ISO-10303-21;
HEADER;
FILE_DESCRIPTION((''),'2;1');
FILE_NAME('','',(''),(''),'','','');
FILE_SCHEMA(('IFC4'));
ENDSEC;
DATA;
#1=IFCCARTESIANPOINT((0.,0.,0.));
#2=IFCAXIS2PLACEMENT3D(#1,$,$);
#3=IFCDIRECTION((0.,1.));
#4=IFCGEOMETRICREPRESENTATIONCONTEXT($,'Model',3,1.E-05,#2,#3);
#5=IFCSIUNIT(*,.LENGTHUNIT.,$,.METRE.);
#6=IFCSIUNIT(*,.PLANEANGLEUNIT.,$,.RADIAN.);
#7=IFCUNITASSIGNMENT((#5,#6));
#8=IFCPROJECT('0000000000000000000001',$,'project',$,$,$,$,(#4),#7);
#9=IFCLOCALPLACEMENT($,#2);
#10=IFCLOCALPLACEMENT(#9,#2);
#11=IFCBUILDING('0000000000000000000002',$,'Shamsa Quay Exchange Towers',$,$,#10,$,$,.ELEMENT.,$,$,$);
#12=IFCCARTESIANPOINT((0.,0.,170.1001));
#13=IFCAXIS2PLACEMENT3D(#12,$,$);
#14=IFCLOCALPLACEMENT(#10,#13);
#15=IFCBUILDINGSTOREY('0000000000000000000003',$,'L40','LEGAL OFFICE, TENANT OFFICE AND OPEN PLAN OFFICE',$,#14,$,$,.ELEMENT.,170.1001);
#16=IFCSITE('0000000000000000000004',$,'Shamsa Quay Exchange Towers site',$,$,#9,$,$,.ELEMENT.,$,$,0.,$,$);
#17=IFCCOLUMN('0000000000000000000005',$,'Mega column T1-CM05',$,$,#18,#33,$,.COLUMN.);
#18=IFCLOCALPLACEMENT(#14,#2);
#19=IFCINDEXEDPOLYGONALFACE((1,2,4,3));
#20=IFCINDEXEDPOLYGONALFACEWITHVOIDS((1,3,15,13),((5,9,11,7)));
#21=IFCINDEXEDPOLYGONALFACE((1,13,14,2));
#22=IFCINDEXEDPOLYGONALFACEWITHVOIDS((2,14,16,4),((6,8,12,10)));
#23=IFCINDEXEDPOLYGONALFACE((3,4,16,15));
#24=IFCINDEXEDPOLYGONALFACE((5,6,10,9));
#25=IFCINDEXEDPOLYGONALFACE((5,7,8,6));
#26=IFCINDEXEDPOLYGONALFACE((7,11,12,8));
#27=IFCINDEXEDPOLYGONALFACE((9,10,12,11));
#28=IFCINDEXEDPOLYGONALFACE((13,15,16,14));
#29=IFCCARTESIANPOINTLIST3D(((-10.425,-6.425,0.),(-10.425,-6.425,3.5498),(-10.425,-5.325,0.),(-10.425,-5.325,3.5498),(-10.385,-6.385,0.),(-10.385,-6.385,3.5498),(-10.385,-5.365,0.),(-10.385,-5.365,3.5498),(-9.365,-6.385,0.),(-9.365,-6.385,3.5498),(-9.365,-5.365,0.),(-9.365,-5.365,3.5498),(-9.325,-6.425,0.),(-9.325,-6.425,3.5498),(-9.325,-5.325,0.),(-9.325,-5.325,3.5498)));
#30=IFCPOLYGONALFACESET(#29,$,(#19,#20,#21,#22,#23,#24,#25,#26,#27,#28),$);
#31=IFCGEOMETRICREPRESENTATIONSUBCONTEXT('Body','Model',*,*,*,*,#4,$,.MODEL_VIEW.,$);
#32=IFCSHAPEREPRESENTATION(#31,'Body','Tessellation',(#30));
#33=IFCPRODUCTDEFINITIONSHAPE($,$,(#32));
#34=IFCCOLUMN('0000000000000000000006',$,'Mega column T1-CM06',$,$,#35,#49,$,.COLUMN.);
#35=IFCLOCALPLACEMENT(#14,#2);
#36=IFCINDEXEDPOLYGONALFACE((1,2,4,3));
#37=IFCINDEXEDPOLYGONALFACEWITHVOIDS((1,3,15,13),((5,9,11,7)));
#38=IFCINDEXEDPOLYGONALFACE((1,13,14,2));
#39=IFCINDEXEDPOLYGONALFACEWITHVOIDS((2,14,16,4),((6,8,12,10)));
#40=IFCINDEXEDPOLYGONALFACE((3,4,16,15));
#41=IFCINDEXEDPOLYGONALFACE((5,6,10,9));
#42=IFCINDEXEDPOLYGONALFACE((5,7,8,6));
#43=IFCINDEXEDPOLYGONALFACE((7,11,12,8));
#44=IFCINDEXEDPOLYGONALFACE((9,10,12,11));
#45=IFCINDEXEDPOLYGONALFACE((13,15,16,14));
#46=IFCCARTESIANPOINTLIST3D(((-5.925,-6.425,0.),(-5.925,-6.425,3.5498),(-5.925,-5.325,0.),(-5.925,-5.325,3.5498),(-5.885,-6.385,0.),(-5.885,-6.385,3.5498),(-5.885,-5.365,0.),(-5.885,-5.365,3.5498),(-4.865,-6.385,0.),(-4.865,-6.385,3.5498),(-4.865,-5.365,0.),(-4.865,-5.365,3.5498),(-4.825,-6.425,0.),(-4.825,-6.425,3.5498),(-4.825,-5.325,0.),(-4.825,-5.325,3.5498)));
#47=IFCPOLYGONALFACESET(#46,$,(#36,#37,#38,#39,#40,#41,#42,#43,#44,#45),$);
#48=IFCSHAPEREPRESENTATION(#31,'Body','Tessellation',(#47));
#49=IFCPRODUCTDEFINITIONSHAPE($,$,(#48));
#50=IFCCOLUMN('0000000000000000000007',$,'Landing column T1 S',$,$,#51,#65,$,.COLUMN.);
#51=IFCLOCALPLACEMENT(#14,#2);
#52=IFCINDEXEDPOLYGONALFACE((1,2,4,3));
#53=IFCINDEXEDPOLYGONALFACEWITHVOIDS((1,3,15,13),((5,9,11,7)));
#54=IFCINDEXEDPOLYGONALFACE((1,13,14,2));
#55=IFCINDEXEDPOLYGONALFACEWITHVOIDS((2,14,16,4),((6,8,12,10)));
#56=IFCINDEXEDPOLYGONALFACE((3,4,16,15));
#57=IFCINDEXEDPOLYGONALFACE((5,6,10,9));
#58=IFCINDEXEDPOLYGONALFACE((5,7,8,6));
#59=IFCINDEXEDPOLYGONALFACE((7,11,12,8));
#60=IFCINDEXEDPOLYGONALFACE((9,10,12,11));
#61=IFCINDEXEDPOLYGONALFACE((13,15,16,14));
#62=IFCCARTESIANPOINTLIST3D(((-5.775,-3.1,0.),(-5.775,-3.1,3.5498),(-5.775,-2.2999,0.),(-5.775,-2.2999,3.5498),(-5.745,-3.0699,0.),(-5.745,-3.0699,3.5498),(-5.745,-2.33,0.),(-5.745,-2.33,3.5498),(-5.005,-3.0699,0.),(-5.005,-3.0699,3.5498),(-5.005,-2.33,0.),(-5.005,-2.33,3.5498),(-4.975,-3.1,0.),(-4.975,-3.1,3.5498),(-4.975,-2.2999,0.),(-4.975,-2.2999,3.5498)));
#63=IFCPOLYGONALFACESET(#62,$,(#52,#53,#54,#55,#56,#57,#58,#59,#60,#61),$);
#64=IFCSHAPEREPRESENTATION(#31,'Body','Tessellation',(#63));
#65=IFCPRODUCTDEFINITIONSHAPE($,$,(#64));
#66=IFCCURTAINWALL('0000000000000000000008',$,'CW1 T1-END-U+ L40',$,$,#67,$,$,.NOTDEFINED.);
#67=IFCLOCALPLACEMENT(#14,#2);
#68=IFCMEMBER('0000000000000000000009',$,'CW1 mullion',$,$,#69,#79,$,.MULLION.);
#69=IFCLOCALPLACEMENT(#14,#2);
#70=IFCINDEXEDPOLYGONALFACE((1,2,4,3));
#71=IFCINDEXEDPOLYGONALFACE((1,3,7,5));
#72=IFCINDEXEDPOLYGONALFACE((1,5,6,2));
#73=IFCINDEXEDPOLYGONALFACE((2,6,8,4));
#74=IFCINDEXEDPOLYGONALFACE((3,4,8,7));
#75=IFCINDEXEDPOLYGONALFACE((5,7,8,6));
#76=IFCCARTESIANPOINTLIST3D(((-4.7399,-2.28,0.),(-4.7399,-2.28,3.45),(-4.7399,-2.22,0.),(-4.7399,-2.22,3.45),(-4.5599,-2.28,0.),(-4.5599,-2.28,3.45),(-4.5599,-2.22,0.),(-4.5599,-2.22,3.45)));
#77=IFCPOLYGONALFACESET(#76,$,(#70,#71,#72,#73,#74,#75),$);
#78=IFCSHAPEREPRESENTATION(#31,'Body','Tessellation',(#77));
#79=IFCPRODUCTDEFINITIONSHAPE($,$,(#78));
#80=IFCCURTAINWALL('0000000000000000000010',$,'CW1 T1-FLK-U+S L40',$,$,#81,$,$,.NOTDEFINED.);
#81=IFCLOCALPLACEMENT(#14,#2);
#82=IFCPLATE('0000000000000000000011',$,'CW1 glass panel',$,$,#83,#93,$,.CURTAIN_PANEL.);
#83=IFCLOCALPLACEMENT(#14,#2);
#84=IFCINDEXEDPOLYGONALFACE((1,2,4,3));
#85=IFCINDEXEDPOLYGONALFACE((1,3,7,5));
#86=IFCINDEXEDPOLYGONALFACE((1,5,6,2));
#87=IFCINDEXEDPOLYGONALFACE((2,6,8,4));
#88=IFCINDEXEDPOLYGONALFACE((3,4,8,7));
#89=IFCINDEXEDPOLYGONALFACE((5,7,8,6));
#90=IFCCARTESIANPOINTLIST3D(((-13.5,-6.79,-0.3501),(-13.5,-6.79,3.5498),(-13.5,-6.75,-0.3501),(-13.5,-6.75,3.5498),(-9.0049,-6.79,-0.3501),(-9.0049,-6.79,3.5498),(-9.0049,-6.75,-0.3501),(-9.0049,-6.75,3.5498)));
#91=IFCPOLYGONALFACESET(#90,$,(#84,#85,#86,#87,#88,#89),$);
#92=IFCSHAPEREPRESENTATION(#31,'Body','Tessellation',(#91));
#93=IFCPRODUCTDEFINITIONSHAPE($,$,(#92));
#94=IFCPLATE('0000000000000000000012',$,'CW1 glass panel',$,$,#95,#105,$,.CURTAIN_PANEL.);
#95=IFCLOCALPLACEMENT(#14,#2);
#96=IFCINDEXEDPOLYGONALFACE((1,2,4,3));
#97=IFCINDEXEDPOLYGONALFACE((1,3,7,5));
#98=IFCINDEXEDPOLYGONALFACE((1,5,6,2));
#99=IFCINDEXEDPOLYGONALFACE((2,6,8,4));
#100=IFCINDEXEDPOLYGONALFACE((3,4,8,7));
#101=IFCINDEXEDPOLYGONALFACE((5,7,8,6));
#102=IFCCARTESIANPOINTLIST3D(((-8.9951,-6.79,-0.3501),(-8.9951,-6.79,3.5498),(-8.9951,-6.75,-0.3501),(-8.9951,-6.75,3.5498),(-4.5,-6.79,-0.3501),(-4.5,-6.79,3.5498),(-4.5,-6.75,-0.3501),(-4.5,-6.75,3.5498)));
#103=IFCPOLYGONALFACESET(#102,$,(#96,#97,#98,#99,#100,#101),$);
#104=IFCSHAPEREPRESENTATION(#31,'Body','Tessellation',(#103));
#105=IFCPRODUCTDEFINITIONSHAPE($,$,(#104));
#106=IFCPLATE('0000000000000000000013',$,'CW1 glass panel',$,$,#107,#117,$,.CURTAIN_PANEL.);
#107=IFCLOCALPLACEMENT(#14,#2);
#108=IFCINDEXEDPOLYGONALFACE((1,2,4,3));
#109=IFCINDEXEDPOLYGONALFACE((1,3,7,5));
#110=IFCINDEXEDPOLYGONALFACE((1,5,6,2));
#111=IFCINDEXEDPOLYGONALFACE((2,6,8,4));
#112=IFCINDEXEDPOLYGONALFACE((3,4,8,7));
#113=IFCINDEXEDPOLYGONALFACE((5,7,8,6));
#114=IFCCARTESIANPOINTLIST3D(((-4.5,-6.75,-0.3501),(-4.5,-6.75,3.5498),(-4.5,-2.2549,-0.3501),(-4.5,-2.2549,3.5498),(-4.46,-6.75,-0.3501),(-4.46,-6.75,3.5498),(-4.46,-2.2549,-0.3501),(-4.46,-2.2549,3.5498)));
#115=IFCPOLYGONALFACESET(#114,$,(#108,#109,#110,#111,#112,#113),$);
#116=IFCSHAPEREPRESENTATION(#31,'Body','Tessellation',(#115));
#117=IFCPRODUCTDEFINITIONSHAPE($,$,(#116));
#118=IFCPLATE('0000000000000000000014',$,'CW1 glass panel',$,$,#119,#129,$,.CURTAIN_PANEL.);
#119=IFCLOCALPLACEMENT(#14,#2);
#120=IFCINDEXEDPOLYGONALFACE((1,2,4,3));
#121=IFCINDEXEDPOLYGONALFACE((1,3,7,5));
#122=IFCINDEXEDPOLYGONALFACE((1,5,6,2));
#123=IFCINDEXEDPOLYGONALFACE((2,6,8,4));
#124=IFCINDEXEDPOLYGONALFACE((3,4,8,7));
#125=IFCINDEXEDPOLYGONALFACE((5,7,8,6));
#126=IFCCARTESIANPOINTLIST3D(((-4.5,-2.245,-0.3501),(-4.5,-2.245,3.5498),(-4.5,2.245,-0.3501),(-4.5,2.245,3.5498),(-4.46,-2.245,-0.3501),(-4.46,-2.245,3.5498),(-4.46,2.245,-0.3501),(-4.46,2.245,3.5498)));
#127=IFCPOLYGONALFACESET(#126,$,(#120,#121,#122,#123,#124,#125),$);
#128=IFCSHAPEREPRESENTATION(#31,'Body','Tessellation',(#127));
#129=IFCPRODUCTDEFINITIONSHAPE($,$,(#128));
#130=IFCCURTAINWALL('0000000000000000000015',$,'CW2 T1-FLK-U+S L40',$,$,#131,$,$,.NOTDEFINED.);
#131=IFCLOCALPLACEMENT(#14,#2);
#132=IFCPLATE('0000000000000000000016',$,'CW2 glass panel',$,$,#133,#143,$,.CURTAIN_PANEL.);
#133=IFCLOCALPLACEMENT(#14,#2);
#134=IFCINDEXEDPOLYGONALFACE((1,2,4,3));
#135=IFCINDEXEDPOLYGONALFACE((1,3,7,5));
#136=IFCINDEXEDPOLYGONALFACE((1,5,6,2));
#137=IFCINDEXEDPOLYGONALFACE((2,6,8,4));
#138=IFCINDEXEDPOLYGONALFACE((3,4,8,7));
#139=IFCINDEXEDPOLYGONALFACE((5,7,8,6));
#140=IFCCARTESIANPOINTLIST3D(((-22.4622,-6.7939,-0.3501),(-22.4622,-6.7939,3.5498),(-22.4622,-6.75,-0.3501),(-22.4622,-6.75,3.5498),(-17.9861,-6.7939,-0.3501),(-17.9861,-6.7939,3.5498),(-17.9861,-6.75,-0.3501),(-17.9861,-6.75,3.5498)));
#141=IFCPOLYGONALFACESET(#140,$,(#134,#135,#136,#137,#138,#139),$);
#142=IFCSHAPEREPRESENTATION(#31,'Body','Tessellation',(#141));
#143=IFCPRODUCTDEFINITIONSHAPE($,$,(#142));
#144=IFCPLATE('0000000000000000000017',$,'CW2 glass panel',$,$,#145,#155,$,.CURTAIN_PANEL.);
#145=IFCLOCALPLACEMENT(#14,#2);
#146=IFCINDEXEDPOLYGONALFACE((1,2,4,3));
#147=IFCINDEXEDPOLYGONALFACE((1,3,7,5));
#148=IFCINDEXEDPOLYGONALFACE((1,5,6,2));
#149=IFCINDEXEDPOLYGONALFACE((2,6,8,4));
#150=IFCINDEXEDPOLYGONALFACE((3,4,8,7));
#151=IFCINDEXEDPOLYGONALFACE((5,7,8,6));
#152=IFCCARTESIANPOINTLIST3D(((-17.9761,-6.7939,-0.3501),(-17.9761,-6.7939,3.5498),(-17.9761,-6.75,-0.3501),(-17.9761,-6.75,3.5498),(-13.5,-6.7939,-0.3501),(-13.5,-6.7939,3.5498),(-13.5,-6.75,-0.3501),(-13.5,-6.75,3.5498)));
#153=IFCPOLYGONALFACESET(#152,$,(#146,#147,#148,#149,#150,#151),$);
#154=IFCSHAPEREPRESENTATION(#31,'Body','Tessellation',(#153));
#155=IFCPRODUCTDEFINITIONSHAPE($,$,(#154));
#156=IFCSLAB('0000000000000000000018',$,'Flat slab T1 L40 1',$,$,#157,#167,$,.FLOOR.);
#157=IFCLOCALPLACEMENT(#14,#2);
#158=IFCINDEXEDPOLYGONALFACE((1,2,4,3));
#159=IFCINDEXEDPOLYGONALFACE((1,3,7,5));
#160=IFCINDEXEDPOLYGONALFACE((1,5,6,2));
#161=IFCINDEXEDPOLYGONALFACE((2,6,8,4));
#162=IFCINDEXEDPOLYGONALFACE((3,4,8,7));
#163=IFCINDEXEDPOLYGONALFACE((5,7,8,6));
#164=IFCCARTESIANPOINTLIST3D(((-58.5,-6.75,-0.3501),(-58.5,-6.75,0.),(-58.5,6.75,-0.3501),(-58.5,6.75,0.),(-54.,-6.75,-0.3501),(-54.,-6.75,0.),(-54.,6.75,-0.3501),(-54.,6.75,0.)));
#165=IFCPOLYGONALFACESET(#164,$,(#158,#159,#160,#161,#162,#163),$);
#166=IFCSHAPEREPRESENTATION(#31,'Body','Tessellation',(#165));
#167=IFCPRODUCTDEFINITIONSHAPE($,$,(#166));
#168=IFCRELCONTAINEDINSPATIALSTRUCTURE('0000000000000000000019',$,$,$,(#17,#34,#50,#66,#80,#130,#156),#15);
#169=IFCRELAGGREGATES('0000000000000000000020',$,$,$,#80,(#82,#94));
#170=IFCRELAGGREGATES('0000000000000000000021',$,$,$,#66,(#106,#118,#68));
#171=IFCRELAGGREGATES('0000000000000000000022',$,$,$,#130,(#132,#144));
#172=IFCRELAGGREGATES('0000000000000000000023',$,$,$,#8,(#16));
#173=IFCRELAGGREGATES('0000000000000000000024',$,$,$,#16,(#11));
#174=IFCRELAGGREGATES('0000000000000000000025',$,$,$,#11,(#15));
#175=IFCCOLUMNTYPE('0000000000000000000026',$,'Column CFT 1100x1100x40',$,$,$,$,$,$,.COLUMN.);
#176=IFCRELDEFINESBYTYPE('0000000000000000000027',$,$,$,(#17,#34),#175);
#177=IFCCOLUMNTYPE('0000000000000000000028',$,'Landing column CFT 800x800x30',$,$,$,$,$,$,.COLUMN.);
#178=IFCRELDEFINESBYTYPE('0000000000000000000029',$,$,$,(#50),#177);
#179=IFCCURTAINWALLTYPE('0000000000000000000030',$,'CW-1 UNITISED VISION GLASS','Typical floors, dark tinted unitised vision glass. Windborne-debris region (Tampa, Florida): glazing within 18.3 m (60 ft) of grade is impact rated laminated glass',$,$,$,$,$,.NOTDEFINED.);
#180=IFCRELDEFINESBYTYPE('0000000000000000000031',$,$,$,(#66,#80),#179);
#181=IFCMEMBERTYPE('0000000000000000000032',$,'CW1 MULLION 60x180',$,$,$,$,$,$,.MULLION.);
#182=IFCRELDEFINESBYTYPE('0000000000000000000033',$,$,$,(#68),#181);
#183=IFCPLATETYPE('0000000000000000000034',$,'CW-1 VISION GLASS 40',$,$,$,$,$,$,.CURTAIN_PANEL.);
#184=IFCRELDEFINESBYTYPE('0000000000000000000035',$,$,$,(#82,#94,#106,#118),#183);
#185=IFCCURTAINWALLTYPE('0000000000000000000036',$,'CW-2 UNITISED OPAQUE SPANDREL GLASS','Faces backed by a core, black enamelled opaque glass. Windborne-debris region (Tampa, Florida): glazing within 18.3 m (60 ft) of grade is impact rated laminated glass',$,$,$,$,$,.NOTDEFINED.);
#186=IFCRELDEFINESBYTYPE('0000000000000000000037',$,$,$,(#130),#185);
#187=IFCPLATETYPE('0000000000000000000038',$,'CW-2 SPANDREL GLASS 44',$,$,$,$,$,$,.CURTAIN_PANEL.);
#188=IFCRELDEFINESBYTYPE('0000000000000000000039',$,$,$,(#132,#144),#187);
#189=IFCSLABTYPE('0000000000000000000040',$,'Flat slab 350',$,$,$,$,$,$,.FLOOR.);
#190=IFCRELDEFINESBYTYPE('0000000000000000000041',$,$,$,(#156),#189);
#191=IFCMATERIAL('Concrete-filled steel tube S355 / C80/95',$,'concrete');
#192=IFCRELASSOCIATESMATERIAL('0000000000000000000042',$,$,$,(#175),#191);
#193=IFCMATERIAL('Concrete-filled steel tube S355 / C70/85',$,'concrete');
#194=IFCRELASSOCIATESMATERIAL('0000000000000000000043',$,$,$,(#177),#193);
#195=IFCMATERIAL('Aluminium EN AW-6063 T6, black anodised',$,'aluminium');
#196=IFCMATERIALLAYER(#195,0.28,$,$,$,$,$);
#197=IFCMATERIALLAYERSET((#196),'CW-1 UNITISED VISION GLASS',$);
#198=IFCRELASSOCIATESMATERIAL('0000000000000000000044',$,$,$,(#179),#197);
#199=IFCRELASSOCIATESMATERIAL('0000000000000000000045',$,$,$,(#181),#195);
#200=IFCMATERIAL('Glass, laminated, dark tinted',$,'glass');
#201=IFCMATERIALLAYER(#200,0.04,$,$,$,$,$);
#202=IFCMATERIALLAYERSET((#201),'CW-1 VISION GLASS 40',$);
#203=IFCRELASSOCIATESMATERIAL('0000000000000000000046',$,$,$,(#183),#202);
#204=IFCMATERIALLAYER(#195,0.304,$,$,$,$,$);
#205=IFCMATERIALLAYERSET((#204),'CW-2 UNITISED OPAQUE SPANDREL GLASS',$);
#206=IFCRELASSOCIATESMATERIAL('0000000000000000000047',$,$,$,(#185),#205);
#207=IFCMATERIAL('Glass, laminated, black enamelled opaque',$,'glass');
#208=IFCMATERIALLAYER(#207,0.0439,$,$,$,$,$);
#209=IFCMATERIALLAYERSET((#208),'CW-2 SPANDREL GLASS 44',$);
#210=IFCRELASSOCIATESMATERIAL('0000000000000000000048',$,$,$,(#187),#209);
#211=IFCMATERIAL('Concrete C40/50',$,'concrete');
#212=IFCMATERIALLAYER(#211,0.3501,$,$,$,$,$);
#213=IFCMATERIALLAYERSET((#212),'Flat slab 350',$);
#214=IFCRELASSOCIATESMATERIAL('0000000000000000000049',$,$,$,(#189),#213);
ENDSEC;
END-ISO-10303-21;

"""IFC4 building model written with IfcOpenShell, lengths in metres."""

from ifc_helpers import new_model, si_unit, direction, frame, origin, origin_2d, place, context, subcontext, project, spatial, polyline, rectangle, hollow_rectangle, outline, extrude, material, layer, layer_set, material_profile, profile_set, type_object, element, aggregate, save


model = new_model("IFC4")

# Units and contexts
model_context = context("Model", 3, precision=1e-05, world=origin(), true_north=direction((0.0, 1.0)))
body_context = subcontext(model_context, "Body", "Model", "MODEL_VIEW")
ifc_project = project(units=[si_unit("LENGTHUNIT", "METRE"), si_unit("PLANEANGLEUNIT", "RADIAN")], contexts=[model_context])

# Site, building, storey
site_placement = place(None, origin())
site = spatial("IfcSite", under=ifc_project, at=site_placement, Name="Shamsa Quay Exchange Towers site", CompositionType="ELEMENT", RefElevation=0.0)
building_placement = place(site_placement, origin())
building = spatial("IfcBuilding", under=site, at=building_placement, Name="Shamsa Quay Exchange Towers", CompositionType="ELEMENT")
storey_placement = place(building_placement, frame((0.0, 0.0, 170.1001)))
storey = spatial("IfcBuildingStorey", under=building, at=storey_placement, Name="L40", Description="LEGAL OFFICE, TENANT OFFICE AND OPEN PLAN OFFICE", CompositionType="ELEMENT", Elevation=170.1001)

# Columns
ifc_material_1 = material(Name="Concrete-filled steel tube S355 / C80/95", Category="concrete")
ifc_material_profile_1 = material_profile(ifc_material_1, hollow_rectangle(XDim=1.1001, YDim=1.1001, WallThickness=0.04, at=origin_2d()), Name="CFT 1100x1100x40")
ifc_profile_set_1 = profile_set([ifc_material_profile_1], Name="Concrete-filled steel tube S355 / C80/95")
column_type_1 = type_object("IfcColumnType", Name="Column CFT 1100x1100x40", PredefinedType="COLUMN", material=ifc_profile_set_1)
for number, where, name in (
    (1, (-9.875, -5.875, 0.0), "Mega column T1-CM05"),
    (2, (-5.375, -5.875, 0.0), "Mega column T1-CM06"),
):
    element("IfcColumn", number, at=place(storey_placement, frame(where)), inside=storey, type_object=column_type_1, Name=name, PredefinedType="COLUMN", context=body_context, shape_type="SweptSolid", body=[
        extrude(hollow_rectangle(XDim=1.1001, YDim=1.1001, WallThickness=0.04, at=origin_2d()), origin(), (0.0, 0.0, 1.0), 3.5498),
    ])
ifc_material_2 = material(Name="Concrete-filled steel tube S355 / C70/85", Category="concrete")
ifc_material_profile_2 = material_profile(ifc_material_2, hollow_rectangle(XDim=0.8, YDim=0.8, WallThickness=0.03, at=origin_2d()), Name="CFT 800x800x30")
ifc_profile_set_2 = profile_set([ifc_material_profile_2], Name="Concrete-filled steel tube S355 / C70/85")
column_type_2 = type_object("IfcColumnType", Name="Landing column CFT 800x800x30", PredefinedType="COLUMN", material=ifc_profile_set_2)
column_placement = place(storey_placement, frame((-5.375, -2.7, 0.0)))
element("IfcColumn", 3, at=column_placement, inside=storey, type_object=column_type_2, Name="Landing column T1 S", PredefinedType="COLUMN", context=body_context, shape_type="SweptSolid", body=[
    extrude(hollow_rectangle(XDim=0.8, YDim=0.8, WallThickness=0.03, at=origin_2d()), origin(), (0.0, 0.0, 1.0), 3.5498),
])

# Curtain wall, member
ifc_material_3 = material(Name="Aluminium EN AW-6063 T6, black anodised", Category="aluminium")
ifc_layer_1 = layer(ifc_material_3, 0.28)
ifc_layer_set_1 = layer_set([ifc_layer_1], Name="CW-1 UNITISED VISION GLASS")
curtain_wall_type_1 = type_object("IfcCurtainWallType", Name="CW-1 UNITISED VISION GLASS", Description="Typical floors, dark tinted unitised vision glass. Windborne-debris region (Tampa, Florida): glazing within 18.3 m (60 ft) of grade is impact rated laminated glass", PredefinedType="NOTDEFINED", material=ifc_layer_set_1)
curtain_wall_1_placement = place(storey_placement, origin())
curtain_wall_1 = element("IfcCurtainWall", 4, at=curtain_wall_1_placement, inside=storey, type_object=curtain_wall_type_1, Name="CW1 T1-END-U+ L40", PredefinedType="NOTDEFINED")
ifc_material_profile_3 = material_profile(ifc_material_3, rectangle(XDim=0.1799, YDim=0.0601, at=origin_2d()), Name="MU60x180")
ifc_profile_set_3 = profile_set([ifc_material_profile_3], Name="Aluminium EN AW-6063 T6, black anodised")
member_type = type_object("IfcMemberType", Name="CW1 MULLION 60x180", PredefinedType="MULLION", material=ifc_profile_set_3)
member_placement = place(storey_placement, frame((-4.6499, -2.25, 0.0), z_axis=(0.0, 0.0, 1.0), x_axis=(-1.0, 0.0, 0.0)))
member = element("IfcMember", 5, at=member_placement, type_object=member_type, Name="CW1 mullion", PredefinedType="MULLION", context=body_context, shape_type="SweptSolid", body=[
    extrude(rectangle(XDim=0.1799, YDim=0.0601, at=origin_2d()), origin(), (0.0, 0.0, 1.0), 3.45),
])

# Curtain wall, plates
curtain_wall_2_placement = place(storey_placement, origin())
curtain_wall_2 = element("IfcCurtainWall", 6, at=curtain_wall_2_placement, inside=storey, type_object=curtain_wall_type_1, Name="CW1 T1-FLK-U+S L40", PredefinedType="NOTDEFINED")
ifc_material_4 = material(Name="Glass, laminated, dark tinted", Category="glass")
ifc_layer_2 = layer(ifc_material_4, 0.04)
ifc_layer_set_2 = layer_set([ifc_layer_2], Name="CW-1 VISION GLASS 40")
plate_type_1 = type_object("IfcPlateType", Name="CW-1 VISION GLASS 40", PredefinedType="CURTAIN_PANEL", material=ifc_layer_set_2)
plate_1_placement = place(storey_placement, frame((-11.2524, -6.77, -0.3501)))
plate_1 = element("IfcPlate", 7, at=plate_1_placement, type_object=plate_type_1, Name="CW1 glass panel", PredefinedType="CURTAIN_PANEL", context=body_context, shape_type="SweptSolid", body=[
    extrude(rectangle(XDim=4.4951, YDim=0.04, at=origin_2d()), origin(), (0.0, 0.0, 1.0), 3.8999),
])
plate_2_placement = place(storey_placement, frame((-6.7476, -6.77, -0.3501)))
plate_2 = element("IfcPlate", 8, at=plate_2_placement, type_object=plate_type_1, Name="CW1 glass panel", PredefinedType="CURTAIN_PANEL", context=body_context, shape_type="SweptSolid", body=[
    extrude(rectangle(XDim=4.4951, YDim=0.04, at=origin_2d()), origin(), (0.0, 0.0, 1.0), 3.8999),
])
aggregate(curtain_wall_2, [plate_1, plate_2])

# Plates
plate_3_placement = place(storey_placement, frame((-4.48, -4.5024, -0.3501), z_axis=(0.0, 0.0, 1.0), x_axis=(0.0, 1.0, 0.0)))
plate_3 = element("IfcPlate", 9, at=plate_3_placement, type_object=plate_type_1, Name="CW1 glass panel", PredefinedType="CURTAIN_PANEL", context=body_context, shape_type="SweptSolid", body=[
    extrude(rectangle(XDim=4.4951, YDim=0.04, at=origin_2d()), origin(), (0.0, 0.0, 1.0), 3.8999),
])
plate_4_placement = place(storey_placement, frame((-4.48, 0.0, -0.3501), z_axis=(0.0, 0.0, 1.0), x_axis=(0.0, 1.0, 0.0)))
plate_4 = element("IfcPlate", 10, at=plate_4_placement, type_object=plate_type_1, Name="CW1 glass panel", PredefinedType="CURTAIN_PANEL", context=body_context, shape_type="SweptSolid", body=[
    extrude(rectangle(XDim=4.49, YDim=0.04, at=origin_2d()), origin(), (0.0, 0.0, 1.0), 3.8999),
])
aggregate(curtain_wall_1, [plate_3, plate_4, member])

# Curtain wall, plates
ifc_layer_3 = layer(ifc_material_3, 0.304)
ifc_layer_set_3 = layer_set([ifc_layer_3], Name="CW-2 UNITISED OPAQUE SPANDREL GLASS")
curtain_wall_type_2 = type_object("IfcCurtainWallType", Name="CW-2 UNITISED OPAQUE SPANDREL GLASS", Description="Faces backed by a core, black enamelled opaque glass. Windborne-debris region (Tampa, Florida): glazing within 18.3 m (60 ft) of grade is impact rated laminated glass", PredefinedType="NOTDEFINED", material=ifc_layer_set_3)
curtain_wall_3_placement = place(storey_placement, origin())
curtain_wall_3 = element("IfcCurtainWall", 11, at=curtain_wall_3_placement, inside=storey, type_object=curtain_wall_type_2, Name="CW2 T1-FLK-U+S L40", PredefinedType="NOTDEFINED")
ifc_material_5 = material(Name="Glass, laminated, black enamelled opaque", Category="glass")
ifc_layer_4 = layer(ifc_material_5, 0.0439)
ifc_layer_set_4 = layer_set([ifc_layer_4], Name="CW-2 SPANDREL GLASS 44")
plate_type_2 = type_object("IfcPlateType", Name="CW-2 SPANDREL GLASS 44", PredefinedType="CURTAIN_PANEL", material=ifc_layer_set_4)
plate_5_placement = place(storey_placement, frame((-20.2241, -6.772, -0.3501)))
plate_5 = element("IfcPlate", 12, at=plate_5_placement, type_object=plate_type_2, Name="CW2 glass panel", PredefinedType="CURTAIN_PANEL", context=body_context, shape_type="SweptSolid", body=[
    extrude(rectangle(XDim=4.4761, YDim=0.0439, at=origin_2d()), origin(), (0.0, 0.0, 1.0), 3.8999),
])
plate_6_placement = place(storey_placement, frame((-15.738, -6.772, -0.3501)))
plate_6 = element("IfcPlate", 13, at=plate_6_placement, type_object=plate_type_2, Name="CW2 glass panel", PredefinedType="CURTAIN_PANEL", context=body_context, shape_type="SweptSolid", body=[
    extrude(rectangle(XDim=4.4761, YDim=0.0439, at=origin_2d()), origin(), (0.0, 0.0, 1.0), 3.8999),
])
aggregate(curtain_wall_3, [plate_5, plate_6])

# Slab
ifc_material_6 = material(Name="Concrete C40/50", Category="concrete")
ifc_layer_5 = layer(ifc_material_6, 0.3501)
ifc_layer_set_5 = layer_set([ifc_layer_5], Name="Flat slab 350")
slab_type = type_object("IfcSlabType", Name="Flat slab 350", PredefinedType="FLOOR", material=ifc_layer_set_5)
slab_1_placement = place(storey_placement, frame((0.0, 0.0, -0.3501)))
element("IfcSlab", 14, at=slab_1_placement, inside=storey, type_object=slab_type, Name="Flat slab T1 L40 1", PredefinedType="FLOOR", context=body_context, shape_type="SweptSolid", body=[
    extrude(outline(polyline([(-58.5, -6.75), (-54.0, -6.75), (-54.0, 6.75), (-58.5, 6.75), (-58.5, -6.75)])), origin(), (0.0, 0.0, 1.0), 0.3501),
])

save(model, "model.ifc")
